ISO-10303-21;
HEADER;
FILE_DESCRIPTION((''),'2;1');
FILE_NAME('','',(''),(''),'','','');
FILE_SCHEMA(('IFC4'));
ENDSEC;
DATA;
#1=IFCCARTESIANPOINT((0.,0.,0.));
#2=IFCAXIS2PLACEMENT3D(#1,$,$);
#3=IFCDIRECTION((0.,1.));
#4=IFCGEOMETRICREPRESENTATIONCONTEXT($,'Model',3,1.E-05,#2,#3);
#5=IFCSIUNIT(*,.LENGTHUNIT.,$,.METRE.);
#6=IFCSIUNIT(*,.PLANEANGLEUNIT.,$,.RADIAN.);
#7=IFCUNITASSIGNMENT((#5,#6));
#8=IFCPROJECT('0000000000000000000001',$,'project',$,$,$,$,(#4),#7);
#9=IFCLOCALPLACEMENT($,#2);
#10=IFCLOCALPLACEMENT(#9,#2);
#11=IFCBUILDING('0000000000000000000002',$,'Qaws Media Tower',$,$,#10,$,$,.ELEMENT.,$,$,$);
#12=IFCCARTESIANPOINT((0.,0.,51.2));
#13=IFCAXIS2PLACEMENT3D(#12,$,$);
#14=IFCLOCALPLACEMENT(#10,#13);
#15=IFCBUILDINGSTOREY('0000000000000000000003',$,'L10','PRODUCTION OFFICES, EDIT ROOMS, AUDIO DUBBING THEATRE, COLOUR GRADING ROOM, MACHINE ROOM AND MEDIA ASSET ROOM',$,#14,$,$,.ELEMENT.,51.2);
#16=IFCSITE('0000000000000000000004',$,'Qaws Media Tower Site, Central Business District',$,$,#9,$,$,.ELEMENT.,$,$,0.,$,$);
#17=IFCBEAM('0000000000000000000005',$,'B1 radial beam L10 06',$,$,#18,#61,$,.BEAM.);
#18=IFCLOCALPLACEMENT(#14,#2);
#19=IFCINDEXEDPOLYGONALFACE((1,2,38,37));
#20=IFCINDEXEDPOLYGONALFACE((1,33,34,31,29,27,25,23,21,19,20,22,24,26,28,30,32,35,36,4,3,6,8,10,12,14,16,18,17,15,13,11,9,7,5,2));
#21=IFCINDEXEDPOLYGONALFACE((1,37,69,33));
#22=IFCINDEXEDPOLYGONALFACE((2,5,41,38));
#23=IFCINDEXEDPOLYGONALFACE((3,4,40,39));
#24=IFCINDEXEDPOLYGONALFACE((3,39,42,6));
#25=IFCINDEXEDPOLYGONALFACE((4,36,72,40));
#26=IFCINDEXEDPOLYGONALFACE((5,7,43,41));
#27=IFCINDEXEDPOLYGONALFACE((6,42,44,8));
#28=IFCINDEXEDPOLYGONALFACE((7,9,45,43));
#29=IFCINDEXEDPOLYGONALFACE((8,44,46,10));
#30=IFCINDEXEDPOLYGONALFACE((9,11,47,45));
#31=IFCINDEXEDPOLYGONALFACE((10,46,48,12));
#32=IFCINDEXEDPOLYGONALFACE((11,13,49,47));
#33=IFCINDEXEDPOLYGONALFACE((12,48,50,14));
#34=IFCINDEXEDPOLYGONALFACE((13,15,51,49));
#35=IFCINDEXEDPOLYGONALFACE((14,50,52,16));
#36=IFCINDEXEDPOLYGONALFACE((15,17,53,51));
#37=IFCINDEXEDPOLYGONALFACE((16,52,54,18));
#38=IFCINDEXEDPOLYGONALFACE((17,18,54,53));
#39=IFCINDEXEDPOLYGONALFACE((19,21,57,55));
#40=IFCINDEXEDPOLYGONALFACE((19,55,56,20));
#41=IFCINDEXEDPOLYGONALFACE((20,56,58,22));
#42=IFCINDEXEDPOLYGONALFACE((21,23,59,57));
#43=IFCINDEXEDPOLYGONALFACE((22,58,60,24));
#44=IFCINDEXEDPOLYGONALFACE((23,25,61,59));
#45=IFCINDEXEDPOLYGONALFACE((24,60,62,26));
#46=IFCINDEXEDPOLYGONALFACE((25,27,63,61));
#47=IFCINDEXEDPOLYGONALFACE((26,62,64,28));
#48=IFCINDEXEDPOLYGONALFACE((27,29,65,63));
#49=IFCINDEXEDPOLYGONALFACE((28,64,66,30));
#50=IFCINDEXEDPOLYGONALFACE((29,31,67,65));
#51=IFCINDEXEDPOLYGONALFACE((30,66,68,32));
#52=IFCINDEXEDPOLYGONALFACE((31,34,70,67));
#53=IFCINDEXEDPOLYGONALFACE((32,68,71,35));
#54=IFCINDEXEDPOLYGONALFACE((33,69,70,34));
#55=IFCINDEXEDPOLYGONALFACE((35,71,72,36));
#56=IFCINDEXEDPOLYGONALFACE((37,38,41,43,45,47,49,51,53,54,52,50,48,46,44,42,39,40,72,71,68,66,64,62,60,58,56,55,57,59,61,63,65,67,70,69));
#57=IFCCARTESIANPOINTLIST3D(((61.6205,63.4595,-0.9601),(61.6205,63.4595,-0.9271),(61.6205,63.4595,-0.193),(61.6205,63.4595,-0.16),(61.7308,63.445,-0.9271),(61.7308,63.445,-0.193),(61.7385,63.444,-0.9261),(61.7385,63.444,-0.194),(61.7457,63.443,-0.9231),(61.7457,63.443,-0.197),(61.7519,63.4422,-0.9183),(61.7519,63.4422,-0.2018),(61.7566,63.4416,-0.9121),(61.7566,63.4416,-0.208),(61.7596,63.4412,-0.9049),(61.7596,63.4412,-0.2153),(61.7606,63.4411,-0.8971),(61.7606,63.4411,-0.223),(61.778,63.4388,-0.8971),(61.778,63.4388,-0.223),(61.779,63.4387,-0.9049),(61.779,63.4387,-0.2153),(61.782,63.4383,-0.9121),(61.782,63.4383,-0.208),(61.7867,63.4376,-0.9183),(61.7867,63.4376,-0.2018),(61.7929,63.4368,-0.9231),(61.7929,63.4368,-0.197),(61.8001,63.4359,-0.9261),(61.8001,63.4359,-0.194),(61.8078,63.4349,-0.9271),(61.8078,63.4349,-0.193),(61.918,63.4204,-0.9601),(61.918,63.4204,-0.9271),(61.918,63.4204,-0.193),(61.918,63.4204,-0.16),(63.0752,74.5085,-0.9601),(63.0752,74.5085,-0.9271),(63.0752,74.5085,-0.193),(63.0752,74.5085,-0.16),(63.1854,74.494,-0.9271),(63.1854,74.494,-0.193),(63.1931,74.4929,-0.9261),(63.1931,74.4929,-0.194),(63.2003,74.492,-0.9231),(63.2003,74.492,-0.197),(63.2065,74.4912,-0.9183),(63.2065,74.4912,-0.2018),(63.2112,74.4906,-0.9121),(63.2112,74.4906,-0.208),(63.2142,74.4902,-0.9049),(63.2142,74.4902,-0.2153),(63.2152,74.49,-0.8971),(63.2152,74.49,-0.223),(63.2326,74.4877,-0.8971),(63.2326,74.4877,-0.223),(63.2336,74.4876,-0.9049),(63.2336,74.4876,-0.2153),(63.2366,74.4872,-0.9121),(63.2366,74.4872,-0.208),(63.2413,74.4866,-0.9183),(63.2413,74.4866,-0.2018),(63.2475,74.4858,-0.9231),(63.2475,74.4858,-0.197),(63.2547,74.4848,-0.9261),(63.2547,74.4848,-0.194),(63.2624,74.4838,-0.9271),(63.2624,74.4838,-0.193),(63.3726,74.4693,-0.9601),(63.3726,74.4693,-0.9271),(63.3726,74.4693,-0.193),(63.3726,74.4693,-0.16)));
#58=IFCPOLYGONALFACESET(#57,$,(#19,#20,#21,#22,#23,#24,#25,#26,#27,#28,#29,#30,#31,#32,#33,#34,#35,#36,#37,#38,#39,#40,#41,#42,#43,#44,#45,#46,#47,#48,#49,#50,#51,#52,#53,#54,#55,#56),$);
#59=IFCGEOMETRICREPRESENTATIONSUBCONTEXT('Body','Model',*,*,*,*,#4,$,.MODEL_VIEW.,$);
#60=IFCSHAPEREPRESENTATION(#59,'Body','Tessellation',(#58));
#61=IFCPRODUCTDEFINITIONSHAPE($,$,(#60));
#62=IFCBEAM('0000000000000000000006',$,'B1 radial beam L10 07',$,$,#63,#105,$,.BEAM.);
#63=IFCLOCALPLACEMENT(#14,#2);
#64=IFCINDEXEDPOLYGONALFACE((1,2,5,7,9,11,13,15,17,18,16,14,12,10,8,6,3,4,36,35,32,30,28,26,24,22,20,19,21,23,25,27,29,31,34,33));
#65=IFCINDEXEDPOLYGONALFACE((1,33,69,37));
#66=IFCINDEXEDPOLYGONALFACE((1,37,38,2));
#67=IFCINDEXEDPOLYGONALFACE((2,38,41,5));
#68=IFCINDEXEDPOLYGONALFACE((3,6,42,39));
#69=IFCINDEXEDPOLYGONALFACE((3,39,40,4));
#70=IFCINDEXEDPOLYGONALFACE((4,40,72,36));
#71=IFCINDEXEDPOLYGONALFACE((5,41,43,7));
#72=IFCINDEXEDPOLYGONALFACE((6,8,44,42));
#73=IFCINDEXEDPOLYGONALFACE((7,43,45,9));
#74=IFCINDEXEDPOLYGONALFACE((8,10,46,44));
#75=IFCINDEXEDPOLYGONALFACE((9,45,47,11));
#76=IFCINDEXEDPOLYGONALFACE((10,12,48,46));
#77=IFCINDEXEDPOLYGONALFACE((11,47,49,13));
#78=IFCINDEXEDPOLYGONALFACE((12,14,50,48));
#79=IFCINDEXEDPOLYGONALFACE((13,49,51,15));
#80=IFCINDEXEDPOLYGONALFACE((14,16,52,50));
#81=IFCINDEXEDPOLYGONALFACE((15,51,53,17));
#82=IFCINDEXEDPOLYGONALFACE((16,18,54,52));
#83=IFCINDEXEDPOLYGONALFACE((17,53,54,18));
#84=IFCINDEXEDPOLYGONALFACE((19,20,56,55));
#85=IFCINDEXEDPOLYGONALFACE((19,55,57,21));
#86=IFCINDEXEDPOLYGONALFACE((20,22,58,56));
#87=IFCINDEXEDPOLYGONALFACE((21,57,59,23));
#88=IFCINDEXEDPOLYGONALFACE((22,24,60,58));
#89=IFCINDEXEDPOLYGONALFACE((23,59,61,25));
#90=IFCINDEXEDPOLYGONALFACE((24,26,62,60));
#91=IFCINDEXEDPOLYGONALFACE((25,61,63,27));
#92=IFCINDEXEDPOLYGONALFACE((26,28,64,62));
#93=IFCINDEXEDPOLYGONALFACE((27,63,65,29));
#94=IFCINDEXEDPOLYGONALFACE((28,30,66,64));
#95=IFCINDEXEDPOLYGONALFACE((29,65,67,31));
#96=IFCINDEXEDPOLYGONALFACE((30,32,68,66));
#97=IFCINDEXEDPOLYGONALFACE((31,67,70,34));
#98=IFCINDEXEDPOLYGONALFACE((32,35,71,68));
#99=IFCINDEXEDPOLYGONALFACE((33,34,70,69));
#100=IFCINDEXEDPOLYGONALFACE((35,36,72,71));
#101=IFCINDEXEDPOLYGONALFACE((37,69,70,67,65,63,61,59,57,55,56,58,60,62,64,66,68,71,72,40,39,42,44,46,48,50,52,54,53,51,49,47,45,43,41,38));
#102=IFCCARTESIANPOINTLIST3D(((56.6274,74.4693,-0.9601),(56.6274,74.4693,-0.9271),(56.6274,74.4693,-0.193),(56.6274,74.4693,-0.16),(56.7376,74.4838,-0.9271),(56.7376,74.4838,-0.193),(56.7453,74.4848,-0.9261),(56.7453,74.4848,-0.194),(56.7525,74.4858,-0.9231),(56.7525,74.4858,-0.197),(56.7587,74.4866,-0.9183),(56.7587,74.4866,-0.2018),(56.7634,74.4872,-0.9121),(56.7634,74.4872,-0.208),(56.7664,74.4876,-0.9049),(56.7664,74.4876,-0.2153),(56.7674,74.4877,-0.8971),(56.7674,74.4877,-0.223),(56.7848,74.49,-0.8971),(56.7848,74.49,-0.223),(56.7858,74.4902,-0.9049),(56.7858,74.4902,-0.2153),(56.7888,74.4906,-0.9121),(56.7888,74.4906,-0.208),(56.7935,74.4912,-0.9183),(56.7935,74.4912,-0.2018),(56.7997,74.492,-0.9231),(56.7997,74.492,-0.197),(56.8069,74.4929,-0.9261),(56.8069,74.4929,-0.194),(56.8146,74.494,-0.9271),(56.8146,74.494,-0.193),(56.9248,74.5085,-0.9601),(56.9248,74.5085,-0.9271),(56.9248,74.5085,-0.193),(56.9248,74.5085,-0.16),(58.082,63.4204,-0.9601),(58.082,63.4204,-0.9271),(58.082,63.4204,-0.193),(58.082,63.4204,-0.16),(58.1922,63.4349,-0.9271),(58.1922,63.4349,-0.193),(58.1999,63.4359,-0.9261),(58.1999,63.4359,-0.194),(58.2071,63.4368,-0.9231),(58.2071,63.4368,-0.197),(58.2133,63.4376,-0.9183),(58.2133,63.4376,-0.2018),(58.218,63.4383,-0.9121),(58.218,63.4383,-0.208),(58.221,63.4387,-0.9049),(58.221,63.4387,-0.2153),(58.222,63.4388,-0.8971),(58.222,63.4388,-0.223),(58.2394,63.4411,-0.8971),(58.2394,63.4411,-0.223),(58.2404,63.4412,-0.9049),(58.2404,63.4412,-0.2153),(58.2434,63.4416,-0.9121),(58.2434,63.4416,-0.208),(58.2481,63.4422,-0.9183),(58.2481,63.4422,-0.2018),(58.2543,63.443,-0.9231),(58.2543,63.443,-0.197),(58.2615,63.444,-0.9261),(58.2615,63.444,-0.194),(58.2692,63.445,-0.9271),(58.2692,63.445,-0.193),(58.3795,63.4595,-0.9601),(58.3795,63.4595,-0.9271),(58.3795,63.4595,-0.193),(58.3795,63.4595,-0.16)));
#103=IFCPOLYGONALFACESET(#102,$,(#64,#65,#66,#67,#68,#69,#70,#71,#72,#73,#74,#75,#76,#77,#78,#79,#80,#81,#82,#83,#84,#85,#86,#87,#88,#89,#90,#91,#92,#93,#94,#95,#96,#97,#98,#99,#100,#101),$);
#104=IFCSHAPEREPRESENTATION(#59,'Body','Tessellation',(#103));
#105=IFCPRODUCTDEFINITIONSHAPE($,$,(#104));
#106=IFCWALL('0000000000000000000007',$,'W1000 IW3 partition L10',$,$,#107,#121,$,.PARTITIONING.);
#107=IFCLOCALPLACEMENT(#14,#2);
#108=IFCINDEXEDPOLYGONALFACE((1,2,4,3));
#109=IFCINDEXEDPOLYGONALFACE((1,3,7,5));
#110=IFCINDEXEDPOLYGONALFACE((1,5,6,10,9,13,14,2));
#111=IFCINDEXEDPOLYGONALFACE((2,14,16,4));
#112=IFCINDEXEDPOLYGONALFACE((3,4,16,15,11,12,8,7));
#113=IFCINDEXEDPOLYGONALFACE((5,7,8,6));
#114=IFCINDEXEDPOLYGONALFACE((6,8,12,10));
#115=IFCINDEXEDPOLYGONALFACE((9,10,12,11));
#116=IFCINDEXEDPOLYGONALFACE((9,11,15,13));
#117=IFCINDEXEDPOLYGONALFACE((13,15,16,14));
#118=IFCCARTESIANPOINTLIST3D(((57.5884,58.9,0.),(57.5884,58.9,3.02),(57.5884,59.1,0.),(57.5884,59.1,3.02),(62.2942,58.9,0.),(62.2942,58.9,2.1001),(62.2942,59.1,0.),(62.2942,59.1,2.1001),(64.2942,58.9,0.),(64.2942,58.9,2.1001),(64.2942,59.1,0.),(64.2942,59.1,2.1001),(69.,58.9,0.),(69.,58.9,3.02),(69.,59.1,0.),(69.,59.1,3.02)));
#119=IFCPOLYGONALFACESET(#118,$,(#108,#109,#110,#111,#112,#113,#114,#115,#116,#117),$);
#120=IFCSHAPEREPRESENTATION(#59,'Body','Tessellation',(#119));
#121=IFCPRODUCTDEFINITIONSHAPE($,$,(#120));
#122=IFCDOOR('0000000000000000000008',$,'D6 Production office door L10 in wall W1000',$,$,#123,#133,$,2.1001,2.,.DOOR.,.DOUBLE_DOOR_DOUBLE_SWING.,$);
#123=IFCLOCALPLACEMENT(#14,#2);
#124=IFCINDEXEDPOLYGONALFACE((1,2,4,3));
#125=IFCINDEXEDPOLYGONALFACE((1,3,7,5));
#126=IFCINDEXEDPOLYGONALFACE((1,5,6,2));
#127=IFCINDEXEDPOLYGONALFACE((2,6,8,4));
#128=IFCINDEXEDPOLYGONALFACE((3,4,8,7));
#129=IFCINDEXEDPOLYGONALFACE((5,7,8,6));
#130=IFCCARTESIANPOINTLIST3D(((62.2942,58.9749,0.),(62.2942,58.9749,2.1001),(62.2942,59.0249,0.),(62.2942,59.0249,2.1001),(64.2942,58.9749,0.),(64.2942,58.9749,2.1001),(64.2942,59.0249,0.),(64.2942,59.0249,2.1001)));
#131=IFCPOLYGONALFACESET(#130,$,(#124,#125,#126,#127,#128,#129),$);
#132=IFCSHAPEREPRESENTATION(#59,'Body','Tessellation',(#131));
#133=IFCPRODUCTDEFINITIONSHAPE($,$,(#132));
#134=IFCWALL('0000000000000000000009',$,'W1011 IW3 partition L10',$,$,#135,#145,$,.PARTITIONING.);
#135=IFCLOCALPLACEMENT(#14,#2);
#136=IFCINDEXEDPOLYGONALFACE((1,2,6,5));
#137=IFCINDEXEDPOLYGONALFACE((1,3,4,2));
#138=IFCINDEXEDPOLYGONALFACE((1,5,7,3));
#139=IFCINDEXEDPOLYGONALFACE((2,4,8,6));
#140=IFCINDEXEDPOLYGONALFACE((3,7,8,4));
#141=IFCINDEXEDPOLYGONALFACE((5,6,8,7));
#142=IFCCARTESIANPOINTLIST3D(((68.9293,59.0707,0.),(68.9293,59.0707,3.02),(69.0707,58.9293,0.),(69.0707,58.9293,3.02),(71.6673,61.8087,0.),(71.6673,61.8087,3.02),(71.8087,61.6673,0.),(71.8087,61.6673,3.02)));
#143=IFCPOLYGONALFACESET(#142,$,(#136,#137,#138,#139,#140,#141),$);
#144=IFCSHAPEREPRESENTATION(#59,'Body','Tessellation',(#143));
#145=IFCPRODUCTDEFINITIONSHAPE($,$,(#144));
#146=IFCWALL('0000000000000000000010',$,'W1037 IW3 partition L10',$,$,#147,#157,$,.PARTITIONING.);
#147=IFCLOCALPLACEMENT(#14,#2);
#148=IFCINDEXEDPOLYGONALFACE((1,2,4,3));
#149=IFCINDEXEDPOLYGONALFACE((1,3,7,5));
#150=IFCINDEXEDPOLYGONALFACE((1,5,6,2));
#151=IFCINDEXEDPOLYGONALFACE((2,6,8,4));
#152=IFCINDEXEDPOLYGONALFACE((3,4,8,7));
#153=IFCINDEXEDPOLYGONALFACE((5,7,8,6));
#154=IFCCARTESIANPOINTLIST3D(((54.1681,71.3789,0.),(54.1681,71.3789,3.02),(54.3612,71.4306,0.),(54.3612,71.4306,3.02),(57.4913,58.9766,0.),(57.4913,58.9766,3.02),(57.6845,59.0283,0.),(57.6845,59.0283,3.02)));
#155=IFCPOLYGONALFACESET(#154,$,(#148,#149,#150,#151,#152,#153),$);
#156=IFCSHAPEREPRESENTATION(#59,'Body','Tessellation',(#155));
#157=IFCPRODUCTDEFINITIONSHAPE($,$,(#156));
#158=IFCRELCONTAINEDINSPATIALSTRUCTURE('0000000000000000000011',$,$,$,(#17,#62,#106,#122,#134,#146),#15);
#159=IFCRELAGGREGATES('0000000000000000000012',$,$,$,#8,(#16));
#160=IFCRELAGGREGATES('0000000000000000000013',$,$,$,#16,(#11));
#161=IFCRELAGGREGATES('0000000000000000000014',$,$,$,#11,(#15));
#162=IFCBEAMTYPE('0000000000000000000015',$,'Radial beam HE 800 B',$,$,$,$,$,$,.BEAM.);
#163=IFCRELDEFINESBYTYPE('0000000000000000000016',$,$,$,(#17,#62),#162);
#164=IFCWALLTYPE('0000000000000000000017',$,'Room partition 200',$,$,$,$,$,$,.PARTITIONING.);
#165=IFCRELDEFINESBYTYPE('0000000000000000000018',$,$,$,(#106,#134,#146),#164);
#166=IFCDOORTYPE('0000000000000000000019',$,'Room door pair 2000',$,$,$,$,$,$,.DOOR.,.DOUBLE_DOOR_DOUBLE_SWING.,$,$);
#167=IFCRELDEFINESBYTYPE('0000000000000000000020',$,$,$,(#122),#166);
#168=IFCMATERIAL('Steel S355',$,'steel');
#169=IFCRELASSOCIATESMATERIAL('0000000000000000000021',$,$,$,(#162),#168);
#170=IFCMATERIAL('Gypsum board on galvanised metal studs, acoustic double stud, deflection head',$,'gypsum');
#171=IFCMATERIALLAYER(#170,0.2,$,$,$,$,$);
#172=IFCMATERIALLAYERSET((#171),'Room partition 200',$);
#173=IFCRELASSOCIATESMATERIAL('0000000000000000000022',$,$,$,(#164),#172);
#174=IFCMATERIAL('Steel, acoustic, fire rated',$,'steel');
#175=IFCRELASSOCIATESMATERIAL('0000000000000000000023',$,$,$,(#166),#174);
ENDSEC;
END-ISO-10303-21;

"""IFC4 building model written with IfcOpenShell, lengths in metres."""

from ifc_helpers import new_model, si_unit, direction, frame, frame_2d, origin, origin_2d, place, context, subcontext, project, spatial, rectangle, i_section, extrude, material, layer, layer_set, material_profile, profile_set, type_object, element, fill, save


model = new_model("IFC4")

# Units and contexts
model_context = context("Model", 3, precision=1e-05, world=origin(), true_north=direction((0.0, 1.0)))
body_context = subcontext(model_context, "Body", "Model", "MODEL_VIEW")
ifc_project = project(units=[si_unit("LENGTHUNIT", "METRE"), si_unit("PLANEANGLEUNIT", "RADIAN")], contexts=[model_context])

# Site, building, storey
site_placement = place(None, origin())
site = spatial("IfcSite", under=ifc_project, at=site_placement, Name="Qaws Media Tower Site, Central Business District", CompositionType="ELEMENT", RefElevation=0.0)
building_placement = place(site_placement, origin())
building = spatial("IfcBuilding", under=site, at=building_placement, Name="Qaws Media Tower", CompositionType="ELEMENT")
storey_placement = place(building_placement, frame((0.0, 0.0, 51.2)))
storey = spatial("IfcBuildingStorey", under=building, at=storey_placement, Name="L10", Description="PRODUCTION OFFICES, EDIT ROOMS, AUDIO DUBBING THEATRE, COLOUR GRADING ROOM, MACHINE ROOM AND MEDIA ASSET ROOM", CompositionType="ELEMENT", Elevation=51.2)

# Beams
ifc_material_1 = material(Name="Steel S355", Category="steel")
ifc_material_profile_1 = material_profile(ifc_material_1, i_section(OverallWidth=0.3, OverallDepth=0.8, WebThickness=0.0176, FlangeThickness=0.033, FilletRadius=0.03, at=origin_2d()), Name="HE 800 B")
ifc_profile_set_1 = profile_set([ifc_material_profile_1], Name="Steel S355")
beam_type_1 = type_object("IfcBeamType", Name="Radial beam HE 800 B", PredefinedType="BEAM", material=ifc_profile_set_1)
for number, where, z_axis, x_axis, name in (
    (1, (61.7693, 63.4399, -0.5601), (0.130525, 0.991445, 0.0), (-0.991445, 0.130525, 0.0), "B1 radial beam L10 06"),
    (2, (58.2307, 63.4399, -0.5601), (-0.130525, 0.991445, 0.0), (-0.991445, -0.130525, 0.0), "B1 radial beam L10 07"),
):
    element("IfcBeam", number, at=place(storey_placement, frame(where, z_axis=z_axis, x_axis=x_axis)), inside=storey, type_object=beam_type_1, Name=name, PredefinedType="BEAM", context=body_context, shape_type="SweptSolid", body=[
        extrude(i_section(OverallWidth=0.3, OverallDepth=0.8, WebThickness=0.0176, FlangeThickness=0.033, FilletRadius=0.03, at=origin_2d()), origin(), (0.0, 0.0, 1.0), 11.1443),
    ])

# Wall, opening, door
ifc_material_2 = material(Name="Gypsum board on galvanised metal studs, acoustic double stud, deflection head", Category="gypsum")
ifc_layer = layer(ifc_material_2, 0.2)
ifc_layer_set = layer_set([ifc_layer], Name="Room partition 200")
wall_type = type_object("IfcWallType", Name="Room partition 200", PredefinedType="PARTITIONING", material=ifc_layer_set)
wall_1_placement = place(storey_placement, frame((57.5884, 59.0, 0.0), z_axis=(0.0, 0.0, 1.0), x_axis=(1.0, 0.0, 0.0)))
wall_1 = element("IfcWall", 3, at=wall_1_placement, inside=storey, type_object=wall_type, Name="W1000 IW3 partition L10", PredefinedType="PARTITIONING", context=body_context, shape_type="SweptSolid", body=[
    extrude(rectangle(XDim=11.4116, YDim=0.2, at=frame_2d((5.7058, 0.0))), origin(), (0.0, 0.0, 1.0), 3.02),
])
opening_placement = place(wall_1_placement, frame((4.7058, 0.0, 0.0)))
opening = element("IfcOpeningElement", 4, at=opening_placement, cuts=wall_1, PredefinedType="OPENING", context=body_context, shape_type="SweptSolid", body=[
    extrude(rectangle(XDim=2.0, YDim=2.1001, at=frame_2d((1.0, 1.05))), frame((0.0, 0.1099, 0.0), z_axis=(0.0, -1.0, 0.0), x_axis=(1.0, 0.0, 0.0)), (0.0, 0.0, 1.0), 0.22),
])
ifc_material_3 = material(Name="Steel, acoustic, fire rated", Category="steel")
door_type = type_object("IfcDoorType", Name="Room door pair 2000", OperationType="DOUBLE_DOOR_DOUBLE_SWING", PredefinedType="DOOR", material=ifc_material_3)
door_placement = place(opening_placement, origin())
door = element("IfcDoor", 5, at=door_placement, inside=storey, type_object=door_type, Name="D6 Production office door L10 in wall W1000", OperationType="DOUBLE_DOOR_DOUBLE_SWING", OverallHeight=2.1001, OverallWidth=2.0, PredefinedType="DOOR", context=body_context, shape_type="SweptSolid", body=[
    extrude(rectangle(XDim=2.0, YDim=2.1001, at=frame_2d((1.0, 1.05))), frame((0.0, 0.0249, 0.0), z_axis=(0.0, -1.0, 0.0), x_axis=(1.0, 0.0, 0.0)), (0.0, 0.0, 1.0), 0.05),
])
fill(opening, door)

# Walls
wall_2_placement = place(storey_placement, frame((69.0, 59.0, 0.0), z_axis=(0.0, 0.0, 1.0), x_axis=(0.707107, 0.707107, 0.0)))
element("IfcWall", 6, at=wall_2_placement, inside=storey, type_object=wall_type, Name="W1011 IW3 partition L10", PredefinedType="PARTITIONING", context=body_context, shape_type="SweptSolid", body=[
    extrude(rectangle(XDim=3.8721, YDim=0.2, at=frame_2d((1.936, 0.0))), origin(), (0.0, 0.0, 1.0), 3.02),
])
wall_3_placement = place(storey_placement, frame((57.5879, 59.0024, 0.0), z_axis=(0.0, 0.0, 1.0), x_axis=(-0.258822, 0.965925, 0.0)))
element("IfcWall", 7, at=wall_3_placement, inside=storey, type_object=wall_type, Name="W1037 IW3 partition L10", PredefinedType="PARTITIONING", context=body_context, shape_type="SweptSolid", body=[
    extrude(rectangle(XDim=12.8398, YDim=0.2, at=frame_2d((6.4199, 0.0))), origin(), (0.0, 0.0, 1.0), 3.02),
])

save(model, "model.ifc")
